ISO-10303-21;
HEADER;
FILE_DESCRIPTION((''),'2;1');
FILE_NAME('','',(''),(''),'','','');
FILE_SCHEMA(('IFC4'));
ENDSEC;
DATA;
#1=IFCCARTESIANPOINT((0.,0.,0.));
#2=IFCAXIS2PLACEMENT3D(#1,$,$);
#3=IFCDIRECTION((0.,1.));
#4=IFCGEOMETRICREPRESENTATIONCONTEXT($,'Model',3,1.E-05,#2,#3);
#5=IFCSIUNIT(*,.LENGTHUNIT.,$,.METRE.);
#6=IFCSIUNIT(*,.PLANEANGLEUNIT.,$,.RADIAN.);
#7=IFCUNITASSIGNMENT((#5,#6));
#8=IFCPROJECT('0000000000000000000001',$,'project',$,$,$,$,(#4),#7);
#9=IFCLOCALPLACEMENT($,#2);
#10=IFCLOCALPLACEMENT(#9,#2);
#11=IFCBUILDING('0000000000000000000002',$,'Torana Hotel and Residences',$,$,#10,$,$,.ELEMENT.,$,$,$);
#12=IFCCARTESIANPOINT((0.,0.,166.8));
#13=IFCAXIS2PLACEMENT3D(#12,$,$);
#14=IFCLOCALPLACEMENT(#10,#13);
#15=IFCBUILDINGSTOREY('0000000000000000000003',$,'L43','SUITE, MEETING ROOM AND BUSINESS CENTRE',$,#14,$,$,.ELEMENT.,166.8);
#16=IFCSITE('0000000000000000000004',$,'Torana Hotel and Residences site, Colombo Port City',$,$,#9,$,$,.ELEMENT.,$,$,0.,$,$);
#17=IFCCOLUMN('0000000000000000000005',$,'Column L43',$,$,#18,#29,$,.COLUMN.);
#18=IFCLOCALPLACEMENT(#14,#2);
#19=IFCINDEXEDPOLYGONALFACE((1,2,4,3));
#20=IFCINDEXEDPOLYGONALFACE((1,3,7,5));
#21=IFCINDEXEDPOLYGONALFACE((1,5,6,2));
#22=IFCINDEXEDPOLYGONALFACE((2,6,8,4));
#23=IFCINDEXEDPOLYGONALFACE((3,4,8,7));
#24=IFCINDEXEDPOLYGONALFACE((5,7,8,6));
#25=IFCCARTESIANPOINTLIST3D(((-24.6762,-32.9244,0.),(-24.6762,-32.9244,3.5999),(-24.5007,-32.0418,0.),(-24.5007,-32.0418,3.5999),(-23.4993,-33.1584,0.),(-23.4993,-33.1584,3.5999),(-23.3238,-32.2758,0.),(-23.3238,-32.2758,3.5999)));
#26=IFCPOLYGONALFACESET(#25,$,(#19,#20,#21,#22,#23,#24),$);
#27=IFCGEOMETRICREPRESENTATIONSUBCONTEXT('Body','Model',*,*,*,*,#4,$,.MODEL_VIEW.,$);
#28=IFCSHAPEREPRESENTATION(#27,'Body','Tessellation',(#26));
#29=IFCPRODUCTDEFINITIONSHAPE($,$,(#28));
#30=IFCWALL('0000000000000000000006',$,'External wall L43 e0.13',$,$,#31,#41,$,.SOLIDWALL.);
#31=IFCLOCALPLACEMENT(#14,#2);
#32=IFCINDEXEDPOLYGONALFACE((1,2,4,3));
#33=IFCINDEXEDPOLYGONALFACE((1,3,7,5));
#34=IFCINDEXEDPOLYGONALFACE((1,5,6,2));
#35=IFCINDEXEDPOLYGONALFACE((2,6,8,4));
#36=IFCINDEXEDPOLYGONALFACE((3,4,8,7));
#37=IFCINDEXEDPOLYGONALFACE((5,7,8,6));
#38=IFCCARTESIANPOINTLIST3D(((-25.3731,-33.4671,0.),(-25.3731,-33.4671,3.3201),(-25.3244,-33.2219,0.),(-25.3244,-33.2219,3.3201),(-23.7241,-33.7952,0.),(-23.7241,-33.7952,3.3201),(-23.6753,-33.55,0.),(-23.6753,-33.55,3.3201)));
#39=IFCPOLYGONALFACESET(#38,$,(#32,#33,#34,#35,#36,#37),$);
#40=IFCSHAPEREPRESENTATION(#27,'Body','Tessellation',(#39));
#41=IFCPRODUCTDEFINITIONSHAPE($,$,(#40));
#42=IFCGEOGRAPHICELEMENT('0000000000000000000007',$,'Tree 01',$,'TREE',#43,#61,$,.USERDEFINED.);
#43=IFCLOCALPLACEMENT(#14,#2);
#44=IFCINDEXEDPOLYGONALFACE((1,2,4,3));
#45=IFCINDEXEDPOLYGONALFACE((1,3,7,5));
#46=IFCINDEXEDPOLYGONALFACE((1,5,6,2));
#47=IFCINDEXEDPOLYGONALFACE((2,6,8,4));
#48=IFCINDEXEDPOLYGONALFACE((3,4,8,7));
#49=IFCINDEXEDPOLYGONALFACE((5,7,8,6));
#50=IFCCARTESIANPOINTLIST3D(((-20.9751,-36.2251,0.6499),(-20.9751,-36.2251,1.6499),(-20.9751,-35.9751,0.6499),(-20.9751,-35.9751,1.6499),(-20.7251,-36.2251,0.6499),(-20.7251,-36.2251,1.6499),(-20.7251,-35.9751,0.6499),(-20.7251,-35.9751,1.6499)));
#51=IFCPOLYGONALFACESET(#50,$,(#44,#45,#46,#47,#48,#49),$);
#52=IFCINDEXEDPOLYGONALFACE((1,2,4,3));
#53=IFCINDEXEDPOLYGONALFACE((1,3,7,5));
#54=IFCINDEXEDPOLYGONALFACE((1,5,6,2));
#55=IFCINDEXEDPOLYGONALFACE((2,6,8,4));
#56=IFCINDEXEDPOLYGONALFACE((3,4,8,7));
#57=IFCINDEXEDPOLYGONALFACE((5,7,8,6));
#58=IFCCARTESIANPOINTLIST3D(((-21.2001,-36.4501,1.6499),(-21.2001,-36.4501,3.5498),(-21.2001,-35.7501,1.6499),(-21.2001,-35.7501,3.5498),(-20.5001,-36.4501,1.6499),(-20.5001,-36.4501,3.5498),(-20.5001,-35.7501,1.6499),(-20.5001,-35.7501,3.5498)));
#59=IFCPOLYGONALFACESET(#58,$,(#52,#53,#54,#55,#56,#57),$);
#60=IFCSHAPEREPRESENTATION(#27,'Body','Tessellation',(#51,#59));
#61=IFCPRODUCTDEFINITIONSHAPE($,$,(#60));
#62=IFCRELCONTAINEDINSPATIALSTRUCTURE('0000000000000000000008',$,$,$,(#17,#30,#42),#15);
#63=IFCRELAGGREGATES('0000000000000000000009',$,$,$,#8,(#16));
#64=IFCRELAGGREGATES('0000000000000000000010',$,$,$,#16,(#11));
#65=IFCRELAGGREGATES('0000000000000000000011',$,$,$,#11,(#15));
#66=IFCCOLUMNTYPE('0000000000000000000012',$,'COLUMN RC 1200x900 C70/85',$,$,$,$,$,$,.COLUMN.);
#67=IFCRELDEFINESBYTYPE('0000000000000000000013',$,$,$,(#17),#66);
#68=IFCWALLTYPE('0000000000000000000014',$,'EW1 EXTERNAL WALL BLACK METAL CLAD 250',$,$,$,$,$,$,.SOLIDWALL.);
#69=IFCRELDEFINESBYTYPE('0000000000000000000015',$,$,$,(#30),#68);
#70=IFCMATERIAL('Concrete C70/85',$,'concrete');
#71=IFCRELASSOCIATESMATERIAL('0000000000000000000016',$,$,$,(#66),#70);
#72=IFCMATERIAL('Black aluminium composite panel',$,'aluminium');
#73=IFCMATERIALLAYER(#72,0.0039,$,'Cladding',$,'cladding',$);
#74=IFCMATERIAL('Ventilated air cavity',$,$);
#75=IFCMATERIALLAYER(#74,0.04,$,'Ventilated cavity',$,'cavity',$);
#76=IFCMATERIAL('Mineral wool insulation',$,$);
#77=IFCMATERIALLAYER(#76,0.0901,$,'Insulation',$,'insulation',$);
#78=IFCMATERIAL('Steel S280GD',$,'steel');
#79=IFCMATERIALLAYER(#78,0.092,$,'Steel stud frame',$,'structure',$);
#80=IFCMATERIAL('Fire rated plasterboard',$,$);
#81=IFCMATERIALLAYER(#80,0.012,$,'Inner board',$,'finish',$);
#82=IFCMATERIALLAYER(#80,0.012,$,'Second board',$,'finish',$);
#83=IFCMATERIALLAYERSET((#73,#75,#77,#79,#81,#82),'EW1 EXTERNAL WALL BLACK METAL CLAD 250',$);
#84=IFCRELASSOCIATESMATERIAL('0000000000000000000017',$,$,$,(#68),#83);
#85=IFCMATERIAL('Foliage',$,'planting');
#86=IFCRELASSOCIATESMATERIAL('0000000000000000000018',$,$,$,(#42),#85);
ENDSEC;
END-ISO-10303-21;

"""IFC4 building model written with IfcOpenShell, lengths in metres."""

from ifc_helpers import new_model, si_unit, direction, frame, frame_2d, origin, origin_2d, place, context, subcontext, project, spatial, rectangle, extrude, material, layer, layer_set, material_profile, profile_set, type_object, element, save


model = new_model("IFC4")

# Units and contexts
model_context = context("Model", 3, precision=1e-05, world=origin(), true_north=direction((0.0, 1.0)))
body_context = subcontext(model_context, "Body", "Model", "MODEL_VIEW")
ifc_project = project(units=[si_unit("LENGTHUNIT", "METRE"), si_unit("PLANEANGLEUNIT", "RADIAN")], contexts=[model_context])

# Site, building, storey
site_placement = place(None, origin())
site = spatial("IfcSite", under=ifc_project, at=site_placement, Name="Torana Hotel and Residences site, Colombo Port City", CompositionType="ELEMENT", RefElevation=0.0)
building_placement = place(site_placement, origin())
building = spatial("IfcBuilding", under=site, at=building_placement, Name="Torana Hotel and Residences", CompositionType="ELEMENT")
storey_placement = place(building_placement, frame((0.0, 0.0, 166.8)))
storey = spatial("IfcBuildingStorey", under=building, at=storey_placement, Name="L43", Description="SUITE, MEETING ROOM AND BUSINESS CENTRE", CompositionType="ELEMENT", Elevation=166.8)

# Column
ifc_material_1 = material(Name="Concrete C70/85", Category="concrete")
ifc_material_profile = material_profile(ifc_material_1, rectangle(XDim=1.2, YDim=0.8999, at=origin_2d()), Name="RC 1200x900")
ifc_profile_set = profile_set([ifc_material_profile], Name="Concrete C70/85")
column_type = type_object("IfcColumnType", Name="COLUMN RC 1200x900 C70/85", PredefinedType="COLUMN", material=ifc_profile_set)
column_placement = place(storey_placement, frame((-24.0, -32.6001, 0.0), z_axis=(0.0, 0.0, 1.0), x_axis=(-0.980792, 0.195056, 0.0)))
element("IfcColumn", 1, at=column_placement, inside=storey, type_object=column_type, Name="Column L43", PredefinedType="COLUMN", context=body_context, shape_type="SweptSolid", body=[
    extrude(rectangle(XDim=1.2, YDim=0.8999, at=origin_2d()), origin(), (0.0, 0.0, 1.0), 3.5999),
])

# Wall
ifc_material_2 = material(Name="Black aluminium composite panel", Category="aluminium")
ifc_layer_1 = layer(ifc_material_2, 0.0039, Name="Cladding", Category="cladding")
ifc_material_3 = material(Name="Ventilated air cavity")
ifc_layer_2 = layer(ifc_material_3, 0.04, Name="Ventilated cavity", Category="cavity")
ifc_material_4 = material(Name="Mineral wool insulation")
ifc_layer_3 = layer(ifc_material_4, 0.0901, Name="Insulation", Category="insulation")
ifc_material_5 = material(Name="Steel S280GD", Category="steel")
ifc_layer_4 = layer(ifc_material_5, 0.092, Name="Steel stud frame", Category="structure")
ifc_material_6 = material(Name="Fire rated plasterboard")
ifc_layer_5 = layer(ifc_material_6, 0.012, Name="Inner board", Category="finish")
ifc_layer_6 = layer(ifc_material_6, 0.012, Name="Second board", Category="finish")
ifc_layer_set = layer_set([ifc_layer_1, ifc_layer_2, ifc_layer_3, ifc_layer_4, ifc_layer_5, ifc_layer_6], Name="EW1 EXTERNAL WALL BLACK METAL CLAD 250")
wall_type = type_object("IfcWallType", Name="EW1 EXTERNAL WALL BLACK METAL CLAD 250", PredefinedType="SOLIDWALL", material=ifc_layer_set)
wall_1_placement = place(storey_placement, frame((-25.3489, -33.3445, 0.0), z_axis=(0.0, 0.0, 1.0), x_axis=(0.980776, -0.195139, 0.0)))
element("IfcWall", 2, at=wall_1_placement, inside=storey, type_object=wall_type, Name="External wall L43 e0.13", PredefinedType="SOLIDWALL", context=body_context, shape_type="SweptSolid", body=[
    extrude(rectangle(XDim=1.6814, YDim=0.25, at=frame_2d((0.8408, 0.0))), origin(), (0.0, 0.0, 1.0), 3.3201),
])

# Geographic element
ifc_material_7 = material(Name="Foliage", Category="planting")
geographic_element_placement = place(storey_placement, frame((-20.8501, -36.1001, 0.6499), z_axis=(0.0, 0.0, 1.0), x_axis=(1.0, 0.0, 0.0)))
element("IfcGeographicElement", 3, at=geographic_element_placement, inside=storey, material=ifc_material_7, Name="Tree 01", ObjectType="TREE", PredefinedType="USERDEFINED", context=body_context, shape_type="SweptSolid", body=[
    extrude(rectangle(XDim=0.25, YDim=0.25, at=origin_2d()), origin(), (0.0, 0.0, 1.0), 1.0),
    extrude(rectangle(XDim=0.7, YDim=0.7, at=origin_2d()), frame((0.0, 0.0, 1.0)), (0.0, 0.0, 1.0), 1.8999),
])

save(model, "model.ifc")
